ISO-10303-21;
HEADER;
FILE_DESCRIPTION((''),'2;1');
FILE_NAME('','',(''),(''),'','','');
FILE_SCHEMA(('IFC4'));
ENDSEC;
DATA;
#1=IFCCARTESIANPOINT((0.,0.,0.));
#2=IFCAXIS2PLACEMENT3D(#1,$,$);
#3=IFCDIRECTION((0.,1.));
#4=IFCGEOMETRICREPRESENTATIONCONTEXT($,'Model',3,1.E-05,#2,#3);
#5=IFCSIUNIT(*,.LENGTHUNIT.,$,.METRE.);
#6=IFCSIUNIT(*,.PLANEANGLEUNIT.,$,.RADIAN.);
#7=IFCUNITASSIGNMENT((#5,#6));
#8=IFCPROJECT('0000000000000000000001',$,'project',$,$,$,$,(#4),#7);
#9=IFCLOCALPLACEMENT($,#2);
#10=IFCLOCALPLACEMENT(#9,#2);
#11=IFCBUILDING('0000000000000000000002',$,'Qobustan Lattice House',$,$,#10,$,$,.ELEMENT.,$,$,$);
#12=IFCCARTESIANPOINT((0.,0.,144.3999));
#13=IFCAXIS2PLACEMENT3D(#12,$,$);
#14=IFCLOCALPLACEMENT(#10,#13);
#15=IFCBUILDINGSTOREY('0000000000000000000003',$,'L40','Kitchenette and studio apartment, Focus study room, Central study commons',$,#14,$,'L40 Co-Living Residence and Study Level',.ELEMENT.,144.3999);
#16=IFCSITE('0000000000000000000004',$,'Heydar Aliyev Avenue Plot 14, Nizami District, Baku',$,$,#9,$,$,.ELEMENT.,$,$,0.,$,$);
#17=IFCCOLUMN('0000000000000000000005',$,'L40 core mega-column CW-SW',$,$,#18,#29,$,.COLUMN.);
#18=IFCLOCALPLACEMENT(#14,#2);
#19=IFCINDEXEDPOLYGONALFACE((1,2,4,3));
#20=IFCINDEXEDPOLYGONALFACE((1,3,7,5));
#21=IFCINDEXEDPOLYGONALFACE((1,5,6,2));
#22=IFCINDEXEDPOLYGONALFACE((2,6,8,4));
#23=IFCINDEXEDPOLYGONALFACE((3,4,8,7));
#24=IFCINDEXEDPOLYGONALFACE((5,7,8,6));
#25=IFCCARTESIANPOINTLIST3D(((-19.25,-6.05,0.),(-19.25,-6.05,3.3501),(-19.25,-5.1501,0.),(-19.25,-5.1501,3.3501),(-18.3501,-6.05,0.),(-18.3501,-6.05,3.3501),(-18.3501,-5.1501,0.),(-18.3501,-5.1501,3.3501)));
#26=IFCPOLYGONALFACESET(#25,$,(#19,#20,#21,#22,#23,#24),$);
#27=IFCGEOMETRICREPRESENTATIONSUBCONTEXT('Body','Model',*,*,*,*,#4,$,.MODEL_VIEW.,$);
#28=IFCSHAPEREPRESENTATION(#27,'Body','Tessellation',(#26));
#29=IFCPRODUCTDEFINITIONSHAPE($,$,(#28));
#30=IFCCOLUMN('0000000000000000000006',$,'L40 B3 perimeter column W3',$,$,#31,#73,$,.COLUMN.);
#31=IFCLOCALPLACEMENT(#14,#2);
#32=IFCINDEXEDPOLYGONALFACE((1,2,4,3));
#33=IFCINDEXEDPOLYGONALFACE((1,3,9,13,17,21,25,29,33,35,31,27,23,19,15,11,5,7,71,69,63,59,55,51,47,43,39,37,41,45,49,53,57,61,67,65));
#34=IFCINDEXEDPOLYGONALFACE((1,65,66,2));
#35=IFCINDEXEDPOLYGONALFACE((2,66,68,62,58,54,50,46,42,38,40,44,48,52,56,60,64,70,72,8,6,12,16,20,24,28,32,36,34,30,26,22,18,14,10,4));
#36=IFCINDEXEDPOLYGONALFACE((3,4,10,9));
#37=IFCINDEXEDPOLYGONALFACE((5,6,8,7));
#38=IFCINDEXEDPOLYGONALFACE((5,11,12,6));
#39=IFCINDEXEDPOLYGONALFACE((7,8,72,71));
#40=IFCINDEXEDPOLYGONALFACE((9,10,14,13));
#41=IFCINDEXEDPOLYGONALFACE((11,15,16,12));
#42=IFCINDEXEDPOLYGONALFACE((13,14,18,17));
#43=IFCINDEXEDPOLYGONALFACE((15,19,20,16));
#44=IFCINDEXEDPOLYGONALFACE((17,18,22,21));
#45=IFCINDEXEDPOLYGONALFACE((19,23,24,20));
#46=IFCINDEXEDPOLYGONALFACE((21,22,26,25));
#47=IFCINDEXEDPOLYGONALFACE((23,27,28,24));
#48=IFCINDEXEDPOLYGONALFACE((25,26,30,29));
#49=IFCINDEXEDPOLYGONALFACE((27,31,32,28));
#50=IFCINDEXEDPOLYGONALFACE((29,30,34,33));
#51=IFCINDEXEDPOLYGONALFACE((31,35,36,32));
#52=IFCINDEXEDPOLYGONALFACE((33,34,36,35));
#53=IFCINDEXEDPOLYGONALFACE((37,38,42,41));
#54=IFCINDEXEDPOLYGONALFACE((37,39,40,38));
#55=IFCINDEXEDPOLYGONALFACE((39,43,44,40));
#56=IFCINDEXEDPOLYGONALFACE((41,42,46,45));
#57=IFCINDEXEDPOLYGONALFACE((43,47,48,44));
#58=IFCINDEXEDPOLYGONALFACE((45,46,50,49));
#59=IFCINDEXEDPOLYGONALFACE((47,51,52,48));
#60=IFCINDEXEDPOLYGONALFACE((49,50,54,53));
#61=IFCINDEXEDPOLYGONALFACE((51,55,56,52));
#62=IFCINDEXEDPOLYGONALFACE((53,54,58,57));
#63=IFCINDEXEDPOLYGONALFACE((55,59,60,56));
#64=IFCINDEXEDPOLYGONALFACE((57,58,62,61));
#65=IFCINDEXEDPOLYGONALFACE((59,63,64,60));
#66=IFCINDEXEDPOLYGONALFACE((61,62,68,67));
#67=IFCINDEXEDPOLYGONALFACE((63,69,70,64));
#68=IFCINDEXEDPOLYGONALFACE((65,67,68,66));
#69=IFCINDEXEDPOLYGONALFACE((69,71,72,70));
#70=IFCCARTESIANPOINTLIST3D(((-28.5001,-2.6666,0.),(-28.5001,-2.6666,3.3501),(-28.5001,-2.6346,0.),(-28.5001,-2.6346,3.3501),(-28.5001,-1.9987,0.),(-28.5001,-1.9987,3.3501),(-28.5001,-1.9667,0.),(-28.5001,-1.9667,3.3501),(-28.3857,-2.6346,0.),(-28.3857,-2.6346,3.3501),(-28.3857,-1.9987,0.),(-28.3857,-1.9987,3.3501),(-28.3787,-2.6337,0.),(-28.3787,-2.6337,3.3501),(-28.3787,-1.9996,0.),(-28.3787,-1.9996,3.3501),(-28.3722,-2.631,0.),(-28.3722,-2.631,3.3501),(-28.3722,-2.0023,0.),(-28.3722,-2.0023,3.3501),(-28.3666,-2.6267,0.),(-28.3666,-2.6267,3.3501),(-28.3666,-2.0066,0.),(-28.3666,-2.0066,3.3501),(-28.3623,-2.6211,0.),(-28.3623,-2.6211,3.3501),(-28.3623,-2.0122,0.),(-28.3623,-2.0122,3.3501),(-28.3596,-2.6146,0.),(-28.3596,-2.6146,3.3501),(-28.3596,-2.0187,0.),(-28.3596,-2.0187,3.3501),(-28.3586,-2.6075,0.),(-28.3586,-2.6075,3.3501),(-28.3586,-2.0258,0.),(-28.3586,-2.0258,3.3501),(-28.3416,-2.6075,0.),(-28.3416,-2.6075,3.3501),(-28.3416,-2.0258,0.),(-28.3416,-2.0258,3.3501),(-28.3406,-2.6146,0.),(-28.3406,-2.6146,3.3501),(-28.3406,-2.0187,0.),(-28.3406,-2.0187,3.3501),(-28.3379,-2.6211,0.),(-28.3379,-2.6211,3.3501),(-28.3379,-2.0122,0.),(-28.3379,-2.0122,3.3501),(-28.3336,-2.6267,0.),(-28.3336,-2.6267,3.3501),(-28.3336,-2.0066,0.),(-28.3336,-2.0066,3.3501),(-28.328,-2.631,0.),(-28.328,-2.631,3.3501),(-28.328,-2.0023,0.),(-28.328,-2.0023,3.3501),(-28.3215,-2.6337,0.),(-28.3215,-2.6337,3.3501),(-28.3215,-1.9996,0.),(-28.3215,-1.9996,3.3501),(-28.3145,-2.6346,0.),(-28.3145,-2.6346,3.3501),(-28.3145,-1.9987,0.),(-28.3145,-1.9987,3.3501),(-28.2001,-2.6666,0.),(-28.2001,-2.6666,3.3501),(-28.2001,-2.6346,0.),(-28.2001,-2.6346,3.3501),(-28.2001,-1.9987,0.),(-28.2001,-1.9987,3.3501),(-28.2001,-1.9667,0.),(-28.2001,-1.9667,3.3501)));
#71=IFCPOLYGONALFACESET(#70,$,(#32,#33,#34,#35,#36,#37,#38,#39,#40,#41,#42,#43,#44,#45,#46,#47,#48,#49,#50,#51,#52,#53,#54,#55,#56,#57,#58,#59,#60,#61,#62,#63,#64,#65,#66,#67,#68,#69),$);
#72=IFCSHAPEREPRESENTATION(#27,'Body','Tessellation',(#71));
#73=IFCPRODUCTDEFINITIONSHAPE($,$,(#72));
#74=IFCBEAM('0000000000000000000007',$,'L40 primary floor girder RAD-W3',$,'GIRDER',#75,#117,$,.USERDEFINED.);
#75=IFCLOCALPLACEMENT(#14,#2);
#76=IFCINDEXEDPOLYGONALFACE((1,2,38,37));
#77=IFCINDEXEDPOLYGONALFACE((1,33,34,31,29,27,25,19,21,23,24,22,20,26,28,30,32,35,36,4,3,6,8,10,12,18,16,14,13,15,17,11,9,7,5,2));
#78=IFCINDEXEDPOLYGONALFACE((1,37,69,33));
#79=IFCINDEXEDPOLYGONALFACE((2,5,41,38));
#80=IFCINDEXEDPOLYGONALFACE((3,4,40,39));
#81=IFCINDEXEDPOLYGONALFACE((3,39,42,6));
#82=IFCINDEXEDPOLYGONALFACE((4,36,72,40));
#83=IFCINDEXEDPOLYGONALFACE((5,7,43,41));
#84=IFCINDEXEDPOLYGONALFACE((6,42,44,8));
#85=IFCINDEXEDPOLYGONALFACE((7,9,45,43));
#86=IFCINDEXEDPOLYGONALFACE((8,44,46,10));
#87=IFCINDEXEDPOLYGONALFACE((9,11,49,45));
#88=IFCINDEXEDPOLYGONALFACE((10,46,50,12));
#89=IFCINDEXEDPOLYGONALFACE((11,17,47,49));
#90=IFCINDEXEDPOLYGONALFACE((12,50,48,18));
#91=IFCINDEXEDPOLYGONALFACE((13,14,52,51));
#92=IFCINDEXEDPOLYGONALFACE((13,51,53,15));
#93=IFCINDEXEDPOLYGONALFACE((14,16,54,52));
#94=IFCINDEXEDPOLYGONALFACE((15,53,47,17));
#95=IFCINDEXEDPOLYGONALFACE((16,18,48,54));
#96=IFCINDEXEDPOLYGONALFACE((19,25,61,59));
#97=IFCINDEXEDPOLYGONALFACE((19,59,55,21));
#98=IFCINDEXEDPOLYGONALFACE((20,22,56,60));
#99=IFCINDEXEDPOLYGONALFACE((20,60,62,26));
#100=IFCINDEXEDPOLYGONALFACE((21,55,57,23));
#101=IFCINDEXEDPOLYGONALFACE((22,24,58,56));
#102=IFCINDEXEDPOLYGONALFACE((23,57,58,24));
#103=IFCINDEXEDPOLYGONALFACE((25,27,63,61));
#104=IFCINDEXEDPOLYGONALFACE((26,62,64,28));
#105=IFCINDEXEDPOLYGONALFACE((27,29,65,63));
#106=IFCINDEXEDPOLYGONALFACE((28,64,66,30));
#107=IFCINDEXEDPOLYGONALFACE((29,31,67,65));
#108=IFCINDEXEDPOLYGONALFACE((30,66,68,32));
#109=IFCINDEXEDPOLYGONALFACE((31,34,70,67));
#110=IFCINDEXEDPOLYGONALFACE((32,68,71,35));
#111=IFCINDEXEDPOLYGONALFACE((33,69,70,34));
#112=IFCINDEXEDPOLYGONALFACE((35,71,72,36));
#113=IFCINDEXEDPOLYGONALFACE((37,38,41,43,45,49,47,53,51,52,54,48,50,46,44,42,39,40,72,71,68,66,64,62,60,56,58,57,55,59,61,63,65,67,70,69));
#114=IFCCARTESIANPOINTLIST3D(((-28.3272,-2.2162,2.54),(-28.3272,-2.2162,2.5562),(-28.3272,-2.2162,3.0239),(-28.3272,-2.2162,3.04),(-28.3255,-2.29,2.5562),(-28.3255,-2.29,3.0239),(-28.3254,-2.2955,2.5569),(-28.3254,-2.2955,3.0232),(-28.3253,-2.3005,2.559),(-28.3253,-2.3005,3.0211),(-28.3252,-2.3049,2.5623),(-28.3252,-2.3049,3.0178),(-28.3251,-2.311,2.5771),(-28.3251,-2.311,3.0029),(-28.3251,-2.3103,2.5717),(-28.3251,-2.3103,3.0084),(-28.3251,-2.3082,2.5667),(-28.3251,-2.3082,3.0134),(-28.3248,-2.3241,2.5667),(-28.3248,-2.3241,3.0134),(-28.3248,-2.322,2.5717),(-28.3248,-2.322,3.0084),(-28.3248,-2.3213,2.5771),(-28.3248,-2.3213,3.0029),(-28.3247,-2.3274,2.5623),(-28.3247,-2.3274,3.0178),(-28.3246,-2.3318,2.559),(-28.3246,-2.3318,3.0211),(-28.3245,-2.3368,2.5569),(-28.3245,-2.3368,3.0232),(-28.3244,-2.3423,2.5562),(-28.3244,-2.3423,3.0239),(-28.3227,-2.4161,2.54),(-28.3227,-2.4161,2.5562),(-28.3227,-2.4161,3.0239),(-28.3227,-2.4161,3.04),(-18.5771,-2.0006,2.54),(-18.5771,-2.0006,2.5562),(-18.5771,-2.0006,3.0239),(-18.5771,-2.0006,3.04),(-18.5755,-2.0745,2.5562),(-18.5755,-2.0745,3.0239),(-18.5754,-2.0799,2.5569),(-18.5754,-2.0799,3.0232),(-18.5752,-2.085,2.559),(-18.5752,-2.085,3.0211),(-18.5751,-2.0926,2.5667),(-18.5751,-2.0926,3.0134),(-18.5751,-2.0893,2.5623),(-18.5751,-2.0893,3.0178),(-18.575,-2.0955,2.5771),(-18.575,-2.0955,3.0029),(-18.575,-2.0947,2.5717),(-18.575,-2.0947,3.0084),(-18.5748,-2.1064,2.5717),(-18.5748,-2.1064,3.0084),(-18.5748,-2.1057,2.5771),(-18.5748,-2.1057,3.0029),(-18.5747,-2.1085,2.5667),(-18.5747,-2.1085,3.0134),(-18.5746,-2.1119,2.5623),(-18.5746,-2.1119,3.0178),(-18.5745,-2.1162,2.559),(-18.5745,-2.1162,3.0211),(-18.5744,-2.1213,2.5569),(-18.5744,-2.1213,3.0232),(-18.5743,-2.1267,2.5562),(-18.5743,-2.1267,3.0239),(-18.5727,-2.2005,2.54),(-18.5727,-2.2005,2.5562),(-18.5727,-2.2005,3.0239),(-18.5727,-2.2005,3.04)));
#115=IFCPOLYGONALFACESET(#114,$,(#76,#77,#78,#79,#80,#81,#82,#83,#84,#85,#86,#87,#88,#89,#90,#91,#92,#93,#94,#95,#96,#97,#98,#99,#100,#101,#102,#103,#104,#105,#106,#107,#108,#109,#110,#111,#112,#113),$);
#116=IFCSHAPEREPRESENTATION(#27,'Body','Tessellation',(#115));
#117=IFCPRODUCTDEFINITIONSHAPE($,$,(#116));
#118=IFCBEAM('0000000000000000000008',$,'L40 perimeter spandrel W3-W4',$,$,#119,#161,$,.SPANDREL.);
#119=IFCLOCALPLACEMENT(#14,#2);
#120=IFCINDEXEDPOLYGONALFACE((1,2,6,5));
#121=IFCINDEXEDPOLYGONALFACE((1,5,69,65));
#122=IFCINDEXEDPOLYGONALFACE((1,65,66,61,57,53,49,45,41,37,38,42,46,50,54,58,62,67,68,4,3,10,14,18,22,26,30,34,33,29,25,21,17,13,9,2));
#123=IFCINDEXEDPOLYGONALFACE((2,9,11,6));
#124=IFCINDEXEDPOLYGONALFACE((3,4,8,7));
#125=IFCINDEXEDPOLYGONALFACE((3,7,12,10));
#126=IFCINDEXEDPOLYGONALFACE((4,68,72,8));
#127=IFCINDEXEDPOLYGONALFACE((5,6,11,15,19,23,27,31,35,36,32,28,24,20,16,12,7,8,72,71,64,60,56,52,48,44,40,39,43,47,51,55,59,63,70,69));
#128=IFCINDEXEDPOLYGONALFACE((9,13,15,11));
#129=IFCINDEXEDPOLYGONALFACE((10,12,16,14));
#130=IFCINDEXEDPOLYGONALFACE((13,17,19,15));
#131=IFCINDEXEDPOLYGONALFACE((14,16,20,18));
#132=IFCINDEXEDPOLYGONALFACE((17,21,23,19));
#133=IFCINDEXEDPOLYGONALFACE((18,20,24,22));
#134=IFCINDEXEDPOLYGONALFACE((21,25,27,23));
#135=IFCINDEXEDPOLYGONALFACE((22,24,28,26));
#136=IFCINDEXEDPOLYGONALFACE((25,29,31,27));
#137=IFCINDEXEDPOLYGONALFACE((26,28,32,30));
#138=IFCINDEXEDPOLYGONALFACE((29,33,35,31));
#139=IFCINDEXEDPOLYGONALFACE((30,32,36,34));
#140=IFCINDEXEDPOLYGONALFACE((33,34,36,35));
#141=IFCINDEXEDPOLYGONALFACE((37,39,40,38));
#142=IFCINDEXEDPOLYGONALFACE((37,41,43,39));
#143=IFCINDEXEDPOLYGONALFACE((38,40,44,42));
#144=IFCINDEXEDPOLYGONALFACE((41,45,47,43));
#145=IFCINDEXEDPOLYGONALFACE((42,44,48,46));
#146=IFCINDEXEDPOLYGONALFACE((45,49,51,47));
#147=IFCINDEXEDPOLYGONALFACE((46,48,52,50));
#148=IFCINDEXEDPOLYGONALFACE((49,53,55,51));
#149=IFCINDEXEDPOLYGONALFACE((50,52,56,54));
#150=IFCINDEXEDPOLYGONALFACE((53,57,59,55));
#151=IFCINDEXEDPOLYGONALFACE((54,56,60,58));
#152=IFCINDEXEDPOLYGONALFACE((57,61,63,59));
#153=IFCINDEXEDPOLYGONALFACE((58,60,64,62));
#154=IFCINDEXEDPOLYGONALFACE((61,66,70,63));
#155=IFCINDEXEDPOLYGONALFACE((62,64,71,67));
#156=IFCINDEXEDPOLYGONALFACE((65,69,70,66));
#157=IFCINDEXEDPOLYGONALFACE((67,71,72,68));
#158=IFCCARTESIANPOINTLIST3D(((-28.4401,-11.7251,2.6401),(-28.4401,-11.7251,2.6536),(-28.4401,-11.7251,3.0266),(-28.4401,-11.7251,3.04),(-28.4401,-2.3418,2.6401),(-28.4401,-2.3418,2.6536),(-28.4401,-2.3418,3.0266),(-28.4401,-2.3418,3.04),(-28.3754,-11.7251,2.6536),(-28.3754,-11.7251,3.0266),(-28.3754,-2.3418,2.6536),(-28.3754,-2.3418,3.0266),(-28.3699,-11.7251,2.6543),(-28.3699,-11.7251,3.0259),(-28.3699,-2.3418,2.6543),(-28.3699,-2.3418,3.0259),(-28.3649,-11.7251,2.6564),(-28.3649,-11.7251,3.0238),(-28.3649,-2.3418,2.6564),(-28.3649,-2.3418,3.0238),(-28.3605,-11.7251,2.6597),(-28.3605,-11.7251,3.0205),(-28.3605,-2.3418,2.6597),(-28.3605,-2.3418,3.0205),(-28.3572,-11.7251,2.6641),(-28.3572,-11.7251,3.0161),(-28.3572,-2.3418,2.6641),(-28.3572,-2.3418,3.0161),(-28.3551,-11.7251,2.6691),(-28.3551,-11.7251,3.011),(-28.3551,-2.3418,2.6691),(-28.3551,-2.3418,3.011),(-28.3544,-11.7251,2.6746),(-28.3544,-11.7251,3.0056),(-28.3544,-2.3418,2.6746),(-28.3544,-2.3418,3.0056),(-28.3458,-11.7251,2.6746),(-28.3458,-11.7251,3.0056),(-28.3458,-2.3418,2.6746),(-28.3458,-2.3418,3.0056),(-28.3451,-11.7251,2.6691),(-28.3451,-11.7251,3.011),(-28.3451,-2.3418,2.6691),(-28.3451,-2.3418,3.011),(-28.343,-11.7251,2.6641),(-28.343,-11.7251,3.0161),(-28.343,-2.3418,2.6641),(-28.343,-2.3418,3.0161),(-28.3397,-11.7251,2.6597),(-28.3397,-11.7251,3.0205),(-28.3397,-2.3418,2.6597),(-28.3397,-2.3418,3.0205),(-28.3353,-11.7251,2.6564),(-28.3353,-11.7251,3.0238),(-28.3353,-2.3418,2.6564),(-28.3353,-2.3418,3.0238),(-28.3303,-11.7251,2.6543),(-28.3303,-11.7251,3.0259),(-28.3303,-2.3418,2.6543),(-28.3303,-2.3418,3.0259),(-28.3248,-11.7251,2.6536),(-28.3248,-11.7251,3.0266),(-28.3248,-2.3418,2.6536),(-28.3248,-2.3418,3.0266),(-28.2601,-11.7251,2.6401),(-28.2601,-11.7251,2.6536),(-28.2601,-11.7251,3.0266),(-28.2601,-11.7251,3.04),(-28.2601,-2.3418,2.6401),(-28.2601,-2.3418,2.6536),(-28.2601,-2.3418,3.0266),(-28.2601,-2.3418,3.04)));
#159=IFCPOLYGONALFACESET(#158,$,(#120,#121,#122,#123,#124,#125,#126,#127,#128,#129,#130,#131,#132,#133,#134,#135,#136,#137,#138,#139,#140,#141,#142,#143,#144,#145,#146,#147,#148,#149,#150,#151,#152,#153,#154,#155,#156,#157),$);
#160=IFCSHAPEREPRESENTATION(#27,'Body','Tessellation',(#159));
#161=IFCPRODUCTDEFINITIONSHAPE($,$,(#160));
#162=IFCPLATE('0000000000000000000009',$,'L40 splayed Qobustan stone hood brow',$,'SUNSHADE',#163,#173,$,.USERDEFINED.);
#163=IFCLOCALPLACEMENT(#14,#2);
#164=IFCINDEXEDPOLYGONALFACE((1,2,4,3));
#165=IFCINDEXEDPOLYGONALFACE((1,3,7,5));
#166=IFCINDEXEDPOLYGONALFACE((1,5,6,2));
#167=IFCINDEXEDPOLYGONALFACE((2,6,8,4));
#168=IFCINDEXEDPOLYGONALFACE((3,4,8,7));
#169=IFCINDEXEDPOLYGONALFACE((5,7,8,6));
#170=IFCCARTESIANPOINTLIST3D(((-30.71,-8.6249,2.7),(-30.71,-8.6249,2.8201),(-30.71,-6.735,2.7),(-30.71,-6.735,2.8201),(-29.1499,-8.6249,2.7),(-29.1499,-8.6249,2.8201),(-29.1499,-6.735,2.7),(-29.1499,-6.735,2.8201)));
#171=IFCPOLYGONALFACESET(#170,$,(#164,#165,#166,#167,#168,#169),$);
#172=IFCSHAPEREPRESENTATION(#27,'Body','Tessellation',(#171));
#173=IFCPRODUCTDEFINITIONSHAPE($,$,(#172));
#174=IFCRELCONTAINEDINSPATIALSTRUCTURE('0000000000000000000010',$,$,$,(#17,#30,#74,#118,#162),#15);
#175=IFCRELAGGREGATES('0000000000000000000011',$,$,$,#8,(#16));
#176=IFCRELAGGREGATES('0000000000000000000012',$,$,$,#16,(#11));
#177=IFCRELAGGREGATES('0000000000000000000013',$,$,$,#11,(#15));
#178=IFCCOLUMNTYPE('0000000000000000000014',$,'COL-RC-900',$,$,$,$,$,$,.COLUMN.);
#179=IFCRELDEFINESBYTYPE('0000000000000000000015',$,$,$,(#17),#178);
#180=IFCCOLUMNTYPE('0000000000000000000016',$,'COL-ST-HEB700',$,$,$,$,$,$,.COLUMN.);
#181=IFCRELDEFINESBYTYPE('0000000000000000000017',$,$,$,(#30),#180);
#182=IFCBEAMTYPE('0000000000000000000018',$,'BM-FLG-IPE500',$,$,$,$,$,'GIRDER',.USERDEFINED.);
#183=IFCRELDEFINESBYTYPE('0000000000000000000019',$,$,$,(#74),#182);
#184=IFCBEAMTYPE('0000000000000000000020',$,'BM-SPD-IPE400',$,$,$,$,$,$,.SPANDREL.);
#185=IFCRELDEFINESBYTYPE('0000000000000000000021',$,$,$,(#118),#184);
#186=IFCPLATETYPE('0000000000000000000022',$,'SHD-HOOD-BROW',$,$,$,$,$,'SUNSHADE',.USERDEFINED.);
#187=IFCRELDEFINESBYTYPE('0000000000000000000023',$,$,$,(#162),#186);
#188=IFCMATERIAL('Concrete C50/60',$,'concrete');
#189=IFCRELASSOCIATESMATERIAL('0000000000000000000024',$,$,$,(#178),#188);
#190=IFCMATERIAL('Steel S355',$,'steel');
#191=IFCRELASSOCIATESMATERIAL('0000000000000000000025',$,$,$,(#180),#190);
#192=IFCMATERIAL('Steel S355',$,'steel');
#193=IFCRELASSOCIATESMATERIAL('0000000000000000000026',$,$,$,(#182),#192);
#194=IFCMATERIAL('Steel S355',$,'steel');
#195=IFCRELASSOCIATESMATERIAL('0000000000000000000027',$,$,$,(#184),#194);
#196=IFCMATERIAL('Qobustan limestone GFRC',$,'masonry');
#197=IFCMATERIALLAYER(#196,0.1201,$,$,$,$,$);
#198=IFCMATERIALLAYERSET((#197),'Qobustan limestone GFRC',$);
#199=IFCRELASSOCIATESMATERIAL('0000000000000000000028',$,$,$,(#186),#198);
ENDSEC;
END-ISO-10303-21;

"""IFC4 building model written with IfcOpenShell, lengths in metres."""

from ifc_helpers import new_model, si_unit, direction, frame, origin, origin_2d, place, context, subcontext, project, spatial, rectangle, i_section, extrude, material, layer, layer_set, material_profile, profile_set, type_object, element, save


model = new_model("IFC4")

# Units and contexts
model_context = context("Model", 3, precision=1e-05, world=origin(), true_north=direction((0.0, 1.0)))
body_context = subcontext(model_context, "Body", "Model", "MODEL_VIEW")
ifc_project = project(units=[si_unit("LENGTHUNIT", "METRE"), si_unit("PLANEANGLEUNIT", "RADIAN")], contexts=[model_context])

# Site, building, storey
site_placement = place(None, origin())
site = spatial("IfcSite", under=ifc_project, at=site_placement, Name="Heydar Aliyev Avenue Plot 14, Nizami District, Baku", CompositionType="ELEMENT", RefElevation=0.0)
building_placement = place(site_placement, origin())
building = spatial("IfcBuilding", under=site, at=building_placement, Name="Qobustan Lattice House", CompositionType="ELEMENT")
storey_placement = place(building_placement, frame((0.0, 0.0, 144.3999)))
storey = spatial("IfcBuildingStorey", under=building, at=storey_placement, Name="L40", Description="Kitchenette and studio apartment, Focus study room, Central study commons", LongName="L40 Co-Living Residence and Study Level", CompositionType="ELEMENT", Elevation=144.3999)

# Columns
ifc_material_1 = material(Name="Concrete C50/60", Category="concrete")
ifc_material_profile_1 = material_profile(ifc_material_1, rectangle(XDim=0.8999, YDim=0.8999, at=origin_2d()), Name="RC900x900")
ifc_profile_set_1 = profile_set([ifc_material_profile_1], Name="Concrete C50/60")
column_type_1 = type_object("IfcColumnType", Name="COL-RC-900", PredefinedType="COLUMN", material=ifc_profile_set_1)
column_1_placement = place(storey_placement, frame((-18.8, -5.6001, 0.0), z_axis=(0.0, 0.0, 1.0), x_axis=(1.0, 0.0, 0.0)))
element("IfcColumn", 1, at=column_1_placement, inside=storey, type_object=column_type_1, Name="L40 core mega-column CW-SW", PredefinedType="COLUMN", context=body_context, shape_type="SweptSolid", body=[
    extrude(rectangle(XDim=0.8999, YDim=0.8999, at=origin_2d()), origin(), (0.0, 0.0, 1.0), 3.3501),
])
ifc_material_2 = material(Name="Steel S355", Category="steel")
ifc_material_profile_2 = material_profile(ifc_material_2, i_section(OverallWidth=0.3, OverallDepth=0.7, WebThickness=0.0171, FlangeThickness=0.032, FilletRadius=0.0271, at=origin_2d()), Name="HEB700")
ifc_profile_set_2 = profile_set([ifc_material_profile_2], Name="Steel S355")
column_type_2 = type_object("IfcColumnType", Name="COL-ST-HEB700", PredefinedType="COLUMN", material=ifc_profile_set_2)
column_2_placement = place(storey_placement, frame((-28.3501, -2.3167, 0.0), z_axis=(0.0, 0.0, 1.0), x_axis=(1.0, 0.0, 0.0)))
element("IfcColumn", 2, at=column_2_placement, inside=storey, type_object=column_type_2, Name="L40 B3 perimeter column W3", PredefinedType="COLUMN", context=body_context, shape_type="SweptSolid", body=[
    extrude(i_section(OverallWidth=0.3, OverallDepth=0.7, WebThickness=0.0171, FlangeThickness=0.032, FilletRadius=0.0271, at=origin_2d()), origin(), (0.0, 0.0, 1.0), 3.3501),
])

# Beams
ifc_material_3 = material(Name="Steel S355", Category="steel")
ifc_material_profile_3 = material_profile(ifc_material_3, i_section(OverallWidth=0.2, OverallDepth=0.5, WebThickness=0.0103, FlangeThickness=0.0161, FilletRadius=0.021, at=origin_2d()), Name="IPE500")
ifc_profile_set_3 = profile_set([ifc_material_profile_3], Name="Steel S355")
beam_type_1 = type_object("IfcBeamType", Name="BM-FLG-IPE500", ElementType="GIRDER", PredefinedType="USERDEFINED", material=ifc_profile_set_3)
beam_1_placement = place(storey_placement, frame((-28.325, -2.3162, 2.79), z_axis=(0.999756, 0.022105, 0.0), x_axis=(-0.022105, 0.999756, 0.0)))
element("IfcBeam", 3, at=beam_1_placement, inside=storey, type_object=beam_type_1, Name="L40 primary floor girder RAD-W3", ObjectType="GIRDER", PredefinedType="USERDEFINED", context=body_context, shape_type="SweptSolid", body=[
    extrude(i_section(OverallWidth=0.2, OverallDepth=0.5, WebThickness=0.0103, FlangeThickness=0.0161, FilletRadius=0.021, at=origin_2d()), origin(), (0.0, 0.0, 1.0), 9.7524),
])
ifc_material_4 = material(Name="Steel S355", Category="steel")
ifc_material_profile_4 = material_profile(ifc_material_4, i_section(OverallWidth=0.1799, OverallDepth=0.3999, WebThickness=0.0085, FlangeThickness=0.0134, FilletRadius=0.021, at=origin_2d()), Name="IPE400")
ifc_profile_set_4 = profile_set([ifc_material_profile_4], Name="Steel S355")
beam_type_2 = type_object("IfcBeamType", Name="BM-SPD-IPE400", PredefinedType="SPANDREL", material=ifc_profile_set_4)
beam_2_placement = place(storey_placement, frame((-28.3501, -2.3418, 2.8401), z_axis=(0.0, -1.0, 0.0), x_axis=(1.0, 0.0, 0.0)))
element("IfcBeam", 4, at=beam_2_placement, inside=storey, type_object=beam_type_2, Name="L40 perimeter spandrel W3-W4", PredefinedType="SPANDREL", context=body_context, shape_type="SweptSolid", body=[
    extrude(i_section(OverallWidth=0.1799, OverallDepth=0.3999, WebThickness=0.0085, FlangeThickness=0.0134, FilletRadius=0.021, at=origin_2d()), origin(), (0.0, 0.0, 1.0), 9.3833),
])

# Plate
ifc_material_5 = material(Name="Qobustan limestone GFRC", Category="masonry")
ifc_layer_1 = layer(ifc_material_5, 0.1201)
ifc_layer_set_1 = layer_set([ifc_layer_1], Name="Qobustan limestone GFRC")
plate_type = type_object("IfcPlateType", Name="SHD-HOOD-BROW", ElementType="SUNSHADE", PredefinedType="USERDEFINED", material=ifc_layer_set_1)
plate_placement = place(storey_placement, frame((-29.9299, -7.6799, 2.7), z_axis=(0.0, 0.0, 1.0), x_axis=(0.0, 1.0, 0.0)))
element("IfcPlate", 5, at=plate_placement, inside=storey, type_object=plate_type, Name="L40 splayed Qobustan stone hood brow", ObjectType="SUNSHADE", PredefinedType="USERDEFINED", context=body_context, shape_type="SweptSolid", body=[
    extrude(rectangle(XDim=1.8899, YDim=1.5601, at=origin_2d()), origin(), (0.0, 0.0, 1.0), 0.1201),
])

save(model, "model.ifc")
